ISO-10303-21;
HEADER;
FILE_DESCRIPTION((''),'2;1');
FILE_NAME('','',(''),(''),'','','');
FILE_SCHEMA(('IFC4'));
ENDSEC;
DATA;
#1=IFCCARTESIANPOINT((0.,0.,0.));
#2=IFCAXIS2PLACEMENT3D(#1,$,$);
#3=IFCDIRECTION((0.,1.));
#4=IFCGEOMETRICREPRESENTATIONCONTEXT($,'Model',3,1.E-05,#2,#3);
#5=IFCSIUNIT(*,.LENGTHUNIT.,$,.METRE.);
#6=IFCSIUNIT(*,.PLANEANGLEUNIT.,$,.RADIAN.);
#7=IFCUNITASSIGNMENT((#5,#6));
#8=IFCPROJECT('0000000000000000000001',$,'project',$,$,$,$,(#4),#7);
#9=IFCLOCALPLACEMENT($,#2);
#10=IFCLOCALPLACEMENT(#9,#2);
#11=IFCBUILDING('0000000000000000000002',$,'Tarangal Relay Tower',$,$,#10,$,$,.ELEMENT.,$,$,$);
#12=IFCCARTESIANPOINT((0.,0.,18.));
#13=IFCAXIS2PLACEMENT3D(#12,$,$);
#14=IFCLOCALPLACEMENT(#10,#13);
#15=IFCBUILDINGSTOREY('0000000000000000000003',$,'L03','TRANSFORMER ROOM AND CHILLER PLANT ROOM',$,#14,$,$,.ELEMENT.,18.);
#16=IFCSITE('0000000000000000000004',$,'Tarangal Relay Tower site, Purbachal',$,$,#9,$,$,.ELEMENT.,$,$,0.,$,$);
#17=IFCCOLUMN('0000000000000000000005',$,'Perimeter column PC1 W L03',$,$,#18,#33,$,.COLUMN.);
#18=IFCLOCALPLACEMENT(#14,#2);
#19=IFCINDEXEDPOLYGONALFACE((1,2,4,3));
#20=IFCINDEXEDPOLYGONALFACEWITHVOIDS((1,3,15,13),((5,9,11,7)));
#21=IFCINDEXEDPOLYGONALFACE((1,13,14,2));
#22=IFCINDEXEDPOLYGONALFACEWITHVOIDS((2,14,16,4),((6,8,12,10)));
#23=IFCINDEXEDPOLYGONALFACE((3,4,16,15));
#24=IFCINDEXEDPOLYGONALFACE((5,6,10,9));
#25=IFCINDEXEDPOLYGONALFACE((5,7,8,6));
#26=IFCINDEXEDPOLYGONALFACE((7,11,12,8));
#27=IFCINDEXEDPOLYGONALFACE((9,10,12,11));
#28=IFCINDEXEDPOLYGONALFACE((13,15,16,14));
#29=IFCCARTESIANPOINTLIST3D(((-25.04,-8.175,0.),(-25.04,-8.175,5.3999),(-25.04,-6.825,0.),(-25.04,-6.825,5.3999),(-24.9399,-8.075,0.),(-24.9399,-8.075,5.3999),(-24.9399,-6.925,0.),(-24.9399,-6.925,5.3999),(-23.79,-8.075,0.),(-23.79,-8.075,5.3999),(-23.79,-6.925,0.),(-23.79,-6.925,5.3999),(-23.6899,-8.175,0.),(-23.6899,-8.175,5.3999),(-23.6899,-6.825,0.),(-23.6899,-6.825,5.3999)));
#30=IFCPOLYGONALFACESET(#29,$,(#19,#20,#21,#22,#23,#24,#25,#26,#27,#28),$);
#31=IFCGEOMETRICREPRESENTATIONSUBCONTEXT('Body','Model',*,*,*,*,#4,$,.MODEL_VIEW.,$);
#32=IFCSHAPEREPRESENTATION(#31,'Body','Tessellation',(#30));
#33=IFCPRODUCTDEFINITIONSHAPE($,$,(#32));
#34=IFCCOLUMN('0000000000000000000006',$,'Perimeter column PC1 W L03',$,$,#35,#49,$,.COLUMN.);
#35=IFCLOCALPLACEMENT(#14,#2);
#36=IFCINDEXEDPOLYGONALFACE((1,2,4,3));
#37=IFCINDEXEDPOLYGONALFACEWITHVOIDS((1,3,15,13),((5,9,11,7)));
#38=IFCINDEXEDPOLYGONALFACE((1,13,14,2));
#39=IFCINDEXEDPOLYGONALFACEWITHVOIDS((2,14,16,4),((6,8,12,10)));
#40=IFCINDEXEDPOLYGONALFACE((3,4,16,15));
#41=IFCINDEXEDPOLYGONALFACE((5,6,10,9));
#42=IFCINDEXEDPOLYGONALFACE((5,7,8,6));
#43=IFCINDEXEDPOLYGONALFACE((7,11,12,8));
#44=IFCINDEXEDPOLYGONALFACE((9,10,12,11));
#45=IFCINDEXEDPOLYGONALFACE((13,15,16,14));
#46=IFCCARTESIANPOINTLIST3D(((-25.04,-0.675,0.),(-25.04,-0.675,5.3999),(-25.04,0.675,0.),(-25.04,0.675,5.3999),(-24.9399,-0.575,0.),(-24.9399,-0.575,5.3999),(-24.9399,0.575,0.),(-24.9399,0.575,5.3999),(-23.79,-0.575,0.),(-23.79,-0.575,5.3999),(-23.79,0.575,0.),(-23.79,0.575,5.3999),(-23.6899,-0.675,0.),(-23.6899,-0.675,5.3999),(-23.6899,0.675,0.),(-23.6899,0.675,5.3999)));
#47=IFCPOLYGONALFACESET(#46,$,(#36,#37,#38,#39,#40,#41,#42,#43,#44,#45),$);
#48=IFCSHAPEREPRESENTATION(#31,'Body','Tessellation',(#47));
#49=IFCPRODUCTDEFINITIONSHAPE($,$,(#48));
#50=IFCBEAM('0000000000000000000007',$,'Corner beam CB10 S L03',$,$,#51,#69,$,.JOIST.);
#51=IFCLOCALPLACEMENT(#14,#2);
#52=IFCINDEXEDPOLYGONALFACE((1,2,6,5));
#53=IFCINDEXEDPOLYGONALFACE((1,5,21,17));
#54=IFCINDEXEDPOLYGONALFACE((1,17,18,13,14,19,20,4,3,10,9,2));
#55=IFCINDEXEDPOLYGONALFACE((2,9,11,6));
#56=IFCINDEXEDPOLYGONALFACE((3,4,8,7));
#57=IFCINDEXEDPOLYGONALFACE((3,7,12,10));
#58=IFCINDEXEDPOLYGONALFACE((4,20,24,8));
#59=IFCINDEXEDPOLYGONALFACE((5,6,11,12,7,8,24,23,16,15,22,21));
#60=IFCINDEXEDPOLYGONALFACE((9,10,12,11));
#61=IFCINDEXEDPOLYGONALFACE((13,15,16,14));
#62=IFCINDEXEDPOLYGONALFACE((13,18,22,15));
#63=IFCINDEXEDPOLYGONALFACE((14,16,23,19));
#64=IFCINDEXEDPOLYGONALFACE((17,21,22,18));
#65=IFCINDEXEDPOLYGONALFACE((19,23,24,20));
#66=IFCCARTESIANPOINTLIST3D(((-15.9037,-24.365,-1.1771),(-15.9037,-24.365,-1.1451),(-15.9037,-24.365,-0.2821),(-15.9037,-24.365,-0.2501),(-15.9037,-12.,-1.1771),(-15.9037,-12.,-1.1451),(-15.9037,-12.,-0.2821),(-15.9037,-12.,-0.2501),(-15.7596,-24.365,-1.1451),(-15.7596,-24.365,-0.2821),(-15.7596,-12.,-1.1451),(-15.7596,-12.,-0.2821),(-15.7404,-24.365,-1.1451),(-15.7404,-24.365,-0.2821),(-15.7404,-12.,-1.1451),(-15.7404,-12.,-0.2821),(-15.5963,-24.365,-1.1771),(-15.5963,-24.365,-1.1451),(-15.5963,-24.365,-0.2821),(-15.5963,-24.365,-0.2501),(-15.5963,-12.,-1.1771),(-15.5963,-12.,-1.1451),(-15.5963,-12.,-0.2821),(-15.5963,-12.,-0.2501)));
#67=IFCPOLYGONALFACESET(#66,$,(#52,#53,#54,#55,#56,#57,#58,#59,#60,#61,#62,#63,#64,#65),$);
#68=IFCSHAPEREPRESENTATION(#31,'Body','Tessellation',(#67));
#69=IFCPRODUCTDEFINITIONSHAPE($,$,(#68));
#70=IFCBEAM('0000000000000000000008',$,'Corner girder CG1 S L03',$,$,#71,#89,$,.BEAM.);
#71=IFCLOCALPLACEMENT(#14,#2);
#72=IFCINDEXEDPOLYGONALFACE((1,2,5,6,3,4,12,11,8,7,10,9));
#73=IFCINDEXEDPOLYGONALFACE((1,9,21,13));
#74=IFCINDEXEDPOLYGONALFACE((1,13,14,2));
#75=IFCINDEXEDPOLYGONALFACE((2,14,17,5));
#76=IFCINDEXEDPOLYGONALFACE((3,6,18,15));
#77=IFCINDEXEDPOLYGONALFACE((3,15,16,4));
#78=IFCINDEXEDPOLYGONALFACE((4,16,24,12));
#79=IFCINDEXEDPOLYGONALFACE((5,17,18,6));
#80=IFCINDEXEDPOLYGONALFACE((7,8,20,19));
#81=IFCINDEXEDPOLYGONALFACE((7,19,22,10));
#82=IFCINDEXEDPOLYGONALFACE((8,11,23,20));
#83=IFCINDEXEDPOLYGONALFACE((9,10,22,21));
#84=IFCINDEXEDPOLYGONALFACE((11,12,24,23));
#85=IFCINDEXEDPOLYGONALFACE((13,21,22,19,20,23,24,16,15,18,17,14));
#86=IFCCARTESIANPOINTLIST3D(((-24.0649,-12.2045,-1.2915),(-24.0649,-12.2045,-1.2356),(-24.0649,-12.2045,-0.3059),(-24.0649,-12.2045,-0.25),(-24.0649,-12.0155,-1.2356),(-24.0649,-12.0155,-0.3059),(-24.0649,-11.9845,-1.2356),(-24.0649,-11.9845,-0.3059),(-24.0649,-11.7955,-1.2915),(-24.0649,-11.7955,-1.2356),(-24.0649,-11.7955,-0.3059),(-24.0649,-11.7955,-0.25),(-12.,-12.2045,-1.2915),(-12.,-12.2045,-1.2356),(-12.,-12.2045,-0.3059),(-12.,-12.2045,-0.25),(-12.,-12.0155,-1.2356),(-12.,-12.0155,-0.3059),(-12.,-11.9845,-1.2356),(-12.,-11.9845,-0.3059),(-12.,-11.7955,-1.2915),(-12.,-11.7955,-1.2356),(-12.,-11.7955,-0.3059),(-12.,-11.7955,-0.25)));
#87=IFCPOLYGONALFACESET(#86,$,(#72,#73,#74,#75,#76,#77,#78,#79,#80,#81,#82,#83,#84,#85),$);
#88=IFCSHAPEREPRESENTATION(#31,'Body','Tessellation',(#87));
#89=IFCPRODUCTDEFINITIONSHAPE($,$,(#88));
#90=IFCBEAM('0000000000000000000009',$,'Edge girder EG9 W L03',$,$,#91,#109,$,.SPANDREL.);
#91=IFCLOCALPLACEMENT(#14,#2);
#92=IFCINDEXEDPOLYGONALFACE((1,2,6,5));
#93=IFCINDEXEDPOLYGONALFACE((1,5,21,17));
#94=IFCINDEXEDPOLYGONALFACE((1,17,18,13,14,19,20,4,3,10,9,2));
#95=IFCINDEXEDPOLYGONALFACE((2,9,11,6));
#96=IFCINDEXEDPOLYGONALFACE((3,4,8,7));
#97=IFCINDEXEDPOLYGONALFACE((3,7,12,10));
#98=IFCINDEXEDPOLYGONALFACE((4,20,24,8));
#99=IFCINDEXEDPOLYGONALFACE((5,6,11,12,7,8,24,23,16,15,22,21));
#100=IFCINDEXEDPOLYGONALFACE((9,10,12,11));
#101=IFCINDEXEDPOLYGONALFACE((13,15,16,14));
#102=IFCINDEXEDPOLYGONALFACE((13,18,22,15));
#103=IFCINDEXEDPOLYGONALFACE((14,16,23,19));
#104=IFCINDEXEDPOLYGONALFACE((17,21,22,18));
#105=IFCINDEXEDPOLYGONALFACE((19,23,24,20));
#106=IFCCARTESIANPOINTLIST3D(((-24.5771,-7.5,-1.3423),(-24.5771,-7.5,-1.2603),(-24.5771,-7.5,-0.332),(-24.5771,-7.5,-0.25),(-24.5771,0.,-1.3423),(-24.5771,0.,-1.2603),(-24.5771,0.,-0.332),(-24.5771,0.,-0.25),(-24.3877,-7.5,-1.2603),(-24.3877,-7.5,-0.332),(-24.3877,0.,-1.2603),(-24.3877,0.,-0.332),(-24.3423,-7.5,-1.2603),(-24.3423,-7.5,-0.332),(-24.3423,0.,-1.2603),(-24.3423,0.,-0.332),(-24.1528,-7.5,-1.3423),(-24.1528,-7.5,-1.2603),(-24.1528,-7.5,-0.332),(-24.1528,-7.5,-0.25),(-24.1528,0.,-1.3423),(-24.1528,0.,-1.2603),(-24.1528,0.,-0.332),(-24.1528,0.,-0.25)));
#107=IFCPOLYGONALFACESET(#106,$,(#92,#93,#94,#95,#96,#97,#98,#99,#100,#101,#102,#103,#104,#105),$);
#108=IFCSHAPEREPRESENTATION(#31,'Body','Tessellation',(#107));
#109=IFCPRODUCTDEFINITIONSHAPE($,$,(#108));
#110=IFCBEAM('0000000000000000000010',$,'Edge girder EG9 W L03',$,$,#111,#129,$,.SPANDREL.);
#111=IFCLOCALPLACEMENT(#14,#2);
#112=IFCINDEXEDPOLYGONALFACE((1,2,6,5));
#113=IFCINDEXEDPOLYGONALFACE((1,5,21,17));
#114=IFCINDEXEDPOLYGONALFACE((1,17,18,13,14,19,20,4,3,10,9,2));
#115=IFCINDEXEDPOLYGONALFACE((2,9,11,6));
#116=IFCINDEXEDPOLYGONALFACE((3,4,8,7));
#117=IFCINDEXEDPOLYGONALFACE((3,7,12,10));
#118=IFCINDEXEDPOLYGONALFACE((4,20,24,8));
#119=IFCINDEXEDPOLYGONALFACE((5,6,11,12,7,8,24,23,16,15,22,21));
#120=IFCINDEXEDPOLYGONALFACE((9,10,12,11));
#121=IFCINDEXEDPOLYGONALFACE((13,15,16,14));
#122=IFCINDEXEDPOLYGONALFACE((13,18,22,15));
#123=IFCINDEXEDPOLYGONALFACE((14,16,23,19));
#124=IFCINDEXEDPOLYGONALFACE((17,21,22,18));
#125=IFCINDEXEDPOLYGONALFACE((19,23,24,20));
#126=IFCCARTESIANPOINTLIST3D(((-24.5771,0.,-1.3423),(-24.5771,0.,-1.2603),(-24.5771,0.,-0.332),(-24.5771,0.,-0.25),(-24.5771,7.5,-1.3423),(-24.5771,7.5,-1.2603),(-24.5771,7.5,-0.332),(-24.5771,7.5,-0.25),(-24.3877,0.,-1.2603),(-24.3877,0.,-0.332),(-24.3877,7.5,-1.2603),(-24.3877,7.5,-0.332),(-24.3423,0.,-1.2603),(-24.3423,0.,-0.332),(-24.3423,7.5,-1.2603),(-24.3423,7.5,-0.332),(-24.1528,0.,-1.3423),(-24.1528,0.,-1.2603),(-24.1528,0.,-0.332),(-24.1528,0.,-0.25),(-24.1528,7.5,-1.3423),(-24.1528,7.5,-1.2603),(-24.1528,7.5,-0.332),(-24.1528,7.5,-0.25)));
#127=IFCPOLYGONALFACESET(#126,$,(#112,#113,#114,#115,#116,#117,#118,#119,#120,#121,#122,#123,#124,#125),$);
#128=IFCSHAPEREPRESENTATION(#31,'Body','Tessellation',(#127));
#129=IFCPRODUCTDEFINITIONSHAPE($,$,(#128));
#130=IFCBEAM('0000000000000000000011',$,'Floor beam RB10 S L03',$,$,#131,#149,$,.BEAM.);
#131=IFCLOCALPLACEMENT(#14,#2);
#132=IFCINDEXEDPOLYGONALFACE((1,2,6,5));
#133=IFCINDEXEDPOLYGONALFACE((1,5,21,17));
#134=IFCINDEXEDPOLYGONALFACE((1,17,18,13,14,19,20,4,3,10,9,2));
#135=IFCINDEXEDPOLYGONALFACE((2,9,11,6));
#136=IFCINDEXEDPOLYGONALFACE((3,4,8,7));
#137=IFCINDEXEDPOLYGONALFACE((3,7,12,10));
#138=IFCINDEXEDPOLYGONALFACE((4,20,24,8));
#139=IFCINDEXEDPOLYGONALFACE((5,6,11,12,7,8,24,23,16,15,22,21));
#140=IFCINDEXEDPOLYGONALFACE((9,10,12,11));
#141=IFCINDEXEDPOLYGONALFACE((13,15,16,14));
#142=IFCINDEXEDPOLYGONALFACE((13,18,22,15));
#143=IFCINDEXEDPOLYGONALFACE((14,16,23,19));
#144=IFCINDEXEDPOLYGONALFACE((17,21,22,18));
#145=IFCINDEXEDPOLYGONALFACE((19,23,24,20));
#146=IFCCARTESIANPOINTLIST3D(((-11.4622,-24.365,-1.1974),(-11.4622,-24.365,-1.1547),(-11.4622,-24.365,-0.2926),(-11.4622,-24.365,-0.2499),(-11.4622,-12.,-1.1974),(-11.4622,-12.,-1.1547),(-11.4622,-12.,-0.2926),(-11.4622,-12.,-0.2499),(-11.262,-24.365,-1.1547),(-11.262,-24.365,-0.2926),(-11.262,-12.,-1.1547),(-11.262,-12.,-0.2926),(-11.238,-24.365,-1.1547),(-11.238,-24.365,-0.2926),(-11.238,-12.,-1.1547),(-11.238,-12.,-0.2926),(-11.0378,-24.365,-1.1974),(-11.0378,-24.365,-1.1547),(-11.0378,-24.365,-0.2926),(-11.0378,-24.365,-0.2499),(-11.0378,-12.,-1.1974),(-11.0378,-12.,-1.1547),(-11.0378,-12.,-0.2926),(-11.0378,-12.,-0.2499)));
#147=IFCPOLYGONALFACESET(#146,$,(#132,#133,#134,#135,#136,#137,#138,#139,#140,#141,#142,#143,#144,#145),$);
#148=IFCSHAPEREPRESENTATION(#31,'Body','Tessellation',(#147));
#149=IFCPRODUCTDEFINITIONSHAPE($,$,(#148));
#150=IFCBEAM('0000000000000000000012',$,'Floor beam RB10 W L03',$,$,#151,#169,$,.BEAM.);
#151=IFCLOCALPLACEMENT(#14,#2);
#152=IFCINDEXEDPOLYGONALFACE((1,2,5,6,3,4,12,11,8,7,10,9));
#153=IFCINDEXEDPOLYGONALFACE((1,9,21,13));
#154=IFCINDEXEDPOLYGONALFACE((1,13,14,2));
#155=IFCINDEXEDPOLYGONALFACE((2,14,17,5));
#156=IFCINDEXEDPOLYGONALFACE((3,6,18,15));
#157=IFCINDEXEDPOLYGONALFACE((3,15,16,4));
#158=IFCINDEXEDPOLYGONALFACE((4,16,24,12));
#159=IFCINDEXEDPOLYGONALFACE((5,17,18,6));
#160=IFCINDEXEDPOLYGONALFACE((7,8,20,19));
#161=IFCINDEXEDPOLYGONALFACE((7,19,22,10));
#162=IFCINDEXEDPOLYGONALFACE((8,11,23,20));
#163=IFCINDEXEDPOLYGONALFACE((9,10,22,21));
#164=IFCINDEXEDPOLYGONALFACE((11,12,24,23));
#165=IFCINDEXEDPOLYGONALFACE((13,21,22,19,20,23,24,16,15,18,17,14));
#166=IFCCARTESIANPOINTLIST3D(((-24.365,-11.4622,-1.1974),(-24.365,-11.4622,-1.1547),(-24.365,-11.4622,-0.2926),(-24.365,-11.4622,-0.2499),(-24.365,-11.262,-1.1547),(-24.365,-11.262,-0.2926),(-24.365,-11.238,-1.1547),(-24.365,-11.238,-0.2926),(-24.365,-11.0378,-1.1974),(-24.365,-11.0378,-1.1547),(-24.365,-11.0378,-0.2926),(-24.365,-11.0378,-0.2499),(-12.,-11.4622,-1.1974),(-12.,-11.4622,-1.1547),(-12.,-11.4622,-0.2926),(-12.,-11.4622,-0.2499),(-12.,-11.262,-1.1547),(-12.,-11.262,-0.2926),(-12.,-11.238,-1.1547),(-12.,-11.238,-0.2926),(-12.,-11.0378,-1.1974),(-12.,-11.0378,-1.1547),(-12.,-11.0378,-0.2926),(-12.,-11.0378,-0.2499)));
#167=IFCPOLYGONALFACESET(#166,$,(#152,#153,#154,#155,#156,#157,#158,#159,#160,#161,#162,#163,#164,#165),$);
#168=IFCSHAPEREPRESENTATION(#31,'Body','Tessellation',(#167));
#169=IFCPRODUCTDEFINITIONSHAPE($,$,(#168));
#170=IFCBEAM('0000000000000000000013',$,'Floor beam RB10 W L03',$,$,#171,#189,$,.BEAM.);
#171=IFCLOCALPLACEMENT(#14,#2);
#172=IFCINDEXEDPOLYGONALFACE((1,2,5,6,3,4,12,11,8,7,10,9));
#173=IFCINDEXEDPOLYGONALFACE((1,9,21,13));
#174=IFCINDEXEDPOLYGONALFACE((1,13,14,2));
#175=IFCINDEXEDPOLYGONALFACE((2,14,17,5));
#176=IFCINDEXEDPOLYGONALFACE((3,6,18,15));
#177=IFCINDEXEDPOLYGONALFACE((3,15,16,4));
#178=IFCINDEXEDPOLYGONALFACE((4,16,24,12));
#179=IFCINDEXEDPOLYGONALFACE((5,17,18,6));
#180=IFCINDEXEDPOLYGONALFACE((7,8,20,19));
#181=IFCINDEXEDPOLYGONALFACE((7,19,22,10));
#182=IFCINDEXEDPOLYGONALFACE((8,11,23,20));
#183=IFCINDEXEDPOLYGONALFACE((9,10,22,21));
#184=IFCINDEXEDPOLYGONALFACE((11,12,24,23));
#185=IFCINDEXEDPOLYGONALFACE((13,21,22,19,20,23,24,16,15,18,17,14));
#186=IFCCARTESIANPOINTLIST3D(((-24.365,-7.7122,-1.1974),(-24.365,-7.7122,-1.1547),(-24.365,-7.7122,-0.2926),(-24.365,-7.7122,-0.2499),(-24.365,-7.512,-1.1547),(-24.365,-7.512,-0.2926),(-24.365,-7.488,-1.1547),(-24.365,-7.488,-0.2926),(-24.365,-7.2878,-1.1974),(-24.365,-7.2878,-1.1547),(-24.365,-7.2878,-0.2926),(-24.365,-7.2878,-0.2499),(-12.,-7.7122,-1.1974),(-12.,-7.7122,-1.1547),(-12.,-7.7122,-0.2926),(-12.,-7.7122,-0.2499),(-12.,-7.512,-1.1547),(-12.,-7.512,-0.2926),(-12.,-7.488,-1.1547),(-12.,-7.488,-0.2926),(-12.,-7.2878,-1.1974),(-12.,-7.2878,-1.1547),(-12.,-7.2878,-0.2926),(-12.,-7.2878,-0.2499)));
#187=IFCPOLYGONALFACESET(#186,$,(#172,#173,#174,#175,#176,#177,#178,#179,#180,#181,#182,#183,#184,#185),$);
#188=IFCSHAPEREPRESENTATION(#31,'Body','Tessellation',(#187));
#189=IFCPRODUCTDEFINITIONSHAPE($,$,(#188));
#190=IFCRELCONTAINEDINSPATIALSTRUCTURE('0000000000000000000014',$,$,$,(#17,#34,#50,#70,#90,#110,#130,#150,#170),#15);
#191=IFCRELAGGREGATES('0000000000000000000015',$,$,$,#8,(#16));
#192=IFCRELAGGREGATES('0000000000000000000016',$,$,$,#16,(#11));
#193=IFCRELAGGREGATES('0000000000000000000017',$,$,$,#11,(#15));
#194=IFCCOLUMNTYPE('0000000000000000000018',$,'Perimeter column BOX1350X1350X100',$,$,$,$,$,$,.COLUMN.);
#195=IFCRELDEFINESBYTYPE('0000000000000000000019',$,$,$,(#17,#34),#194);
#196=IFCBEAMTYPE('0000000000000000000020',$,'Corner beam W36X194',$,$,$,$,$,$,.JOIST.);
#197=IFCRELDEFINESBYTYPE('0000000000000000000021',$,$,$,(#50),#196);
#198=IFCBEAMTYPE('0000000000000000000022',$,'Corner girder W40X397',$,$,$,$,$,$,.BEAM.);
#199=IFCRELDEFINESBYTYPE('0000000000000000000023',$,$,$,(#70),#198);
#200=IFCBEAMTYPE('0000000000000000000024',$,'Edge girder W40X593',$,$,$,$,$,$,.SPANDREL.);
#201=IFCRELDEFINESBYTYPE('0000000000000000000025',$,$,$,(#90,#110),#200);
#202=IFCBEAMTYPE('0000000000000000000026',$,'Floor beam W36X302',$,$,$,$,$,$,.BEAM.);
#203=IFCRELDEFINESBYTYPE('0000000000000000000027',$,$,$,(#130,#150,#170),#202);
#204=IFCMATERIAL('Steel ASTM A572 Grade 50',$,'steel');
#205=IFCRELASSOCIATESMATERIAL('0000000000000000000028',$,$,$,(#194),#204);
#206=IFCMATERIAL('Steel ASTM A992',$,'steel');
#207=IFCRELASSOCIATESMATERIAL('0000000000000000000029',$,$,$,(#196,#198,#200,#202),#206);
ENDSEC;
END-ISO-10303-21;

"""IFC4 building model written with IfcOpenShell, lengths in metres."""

from ifc_helpers import new_model, si_unit, direction, frame, origin, origin_2d, place, context, subcontext, project, spatial, hollow_rectangle, i_section, extrude, material, material_profile, profile_set, type_object, element, save


model = new_model("IFC4")

# Units and contexts
model_context = context("Model", 3, precision=1e-05, world=origin(), true_north=direction((0.0, 1.0)))
body_context = subcontext(model_context, "Body", "Model", "MODEL_VIEW")
ifc_project = project(units=[si_unit("LENGTHUNIT", "METRE"), si_unit("PLANEANGLEUNIT", "RADIAN")], contexts=[model_context])

# Site, building, storey
site_placement = place(None, origin())
site = spatial("IfcSite", under=ifc_project, at=site_placement, Name="Tarangal Relay Tower site, Purbachal", CompositionType="ELEMENT", RefElevation=0.0)
building_placement = place(site_placement, origin())
building = spatial("IfcBuilding", under=site, at=building_placement, Name="Tarangal Relay Tower", CompositionType="ELEMENT")
storey_placement = place(building_placement, frame((0.0, 0.0, 18.0)))
storey = spatial("IfcBuildingStorey", under=building, at=storey_placement, Name="L03", Description="TRANSFORMER ROOM AND CHILLER PLANT ROOM", CompositionType="ELEMENT", Elevation=18.0)

# Columns
ifc_material_1 = material(Name="Steel ASTM A572 Grade 50", Category="steel")
ifc_material_profile_1 = material_profile(ifc_material_1, hollow_rectangle(XDim=1.3501, YDim=1.3501, WallThickness=0.1001, at=origin_2d()), Name="BOX1350X1350X100")
ifc_profile_set_1 = profile_set([ifc_material_profile_1], Name="Steel ASTM A572 Grade 50")
column_type = type_object("IfcColumnType", Name="Perimeter column BOX1350X1350X100", PredefinedType="COLUMN", material=ifc_profile_set_1)
for number, where, z_axis, x_axis, name in (
    (1, (-24.365, -7.5, 0.0), (0.0, 0.0, 1.0), (1.0, 0.0, 0.0), "Perimeter column PC1 W L03"),
    (2, (-24.365, 0.0, 0.0), (0.0, 0.0, 1.0), (1.0, 0.0, 0.0), "Perimeter column PC1 W L03"),
):
    element("IfcColumn", number, at=place(storey_placement, frame(where, z_axis=z_axis, x_axis=x_axis)), inside=storey, type_object=column_type, Name=name, PredefinedType="COLUMN", context=body_context, shape_type="SweptSolid", body=[
        extrude(hollow_rectangle(XDim=1.3501, YDim=1.3501, WallThickness=0.1001, at=origin_2d()), origin(), (0.0, 0.0, 1.0), 5.3999),
    ])

# Beams
ifc_material_2 = material(Name="Steel ASTM A992", Category="steel")
ifc_material_profile_2 = material_profile(ifc_material_2, i_section(OverallWidth=0.3074, OverallDepth=0.927, WebThickness=0.0193, FlangeThickness=0.032, at=origin_2d()), Name="W36X194")
ifc_profile_set_2 = profile_set([ifc_material_profile_2], Name="Steel ASTM A992")
beam_type_1 = type_object("IfcBeamType", Name="Corner beam W36X194", PredefinedType="JOIST", material=ifc_profile_set_2)
beam_1_placement = place(storey_placement, frame((-15.75, -12.0, -0.7136), z_axis=(0.0, -1.0, 0.0), x_axis=(1.0, 0.0, 0.0)))
element("IfcBeam", 3, at=beam_1_placement, inside=storey, type_object=beam_type_1, Name="Corner beam CB10 S L03", PredefinedType="JOIST", context=body_context, shape_type="SweptSolid", body=[
    extrude(i_section(OverallWidth=0.3074, OverallDepth=0.927, WebThickness=0.0193, FlangeThickness=0.032, at=origin_2d()), origin(), (0.0, 0.0, 1.0), 12.365),
])
ifc_material_profile_3 = material_profile(ifc_material_2, i_section(OverallWidth=0.4089, OverallDepth=1.0415, WebThickness=0.031, FlangeThickness=0.0559, at=origin_2d()), Name="W40X397")
ifc_profile_set_3 = profile_set([ifc_material_profile_3], Name="Steel ASTM A992")
beam_type_2 = type_object("IfcBeamType", Name="Corner girder W40X397", PredefinedType="BEAM", material=ifc_profile_set_3)
beam_2_placement = place(storey_placement, frame((-12.0, -12.0, -0.7708), z_axis=(-1.0, 0.0, 0.0), x_axis=(0.0, -1.0, 0.0)))
element("IfcBeam", 4, at=beam_2_placement, inside=storey, type_object=beam_type_2, Name="Corner girder CG1 S L03", PredefinedType="BEAM", context=body_context, shape_type="SweptSolid", body=[
    extrude(i_section(OverallWidth=0.4089, OverallDepth=1.0415, WebThickness=0.031, FlangeThickness=0.0559, at=origin_2d()), origin(), (0.0, 0.0, 1.0), 12.0649),
])
ifc_material_profile_4 = material_profile(ifc_material_2, i_section(OverallWidth=0.4243, OverallDepth=1.0923, WebThickness=0.0454, FlangeThickness=0.082, at=origin_2d()), Name="W40X593")
ifc_profile_set_4 = profile_set([ifc_material_profile_4], Name="Steel ASTM A992")
beam_type_3 = type_object("IfcBeamType", Name="Edge girder W40X593", PredefinedType="SPANDREL", material=ifc_profile_set_4)
for number, where, z_axis, x_axis, name in (
    (5, (-24.365, -7.5, -0.7961), (0.0, 1.0, 0.0), (-1.0, 0.0, 0.0), "Edge girder EG9 W L03"),
    (6, (-24.365, 0.0, -0.7961), (0.0, 1.0, 0.0), (-1.0, 0.0, 0.0), "Edge girder EG9 W L03"),
):
    element("IfcBeam", number, at=place(storey_placement, frame(where, z_axis=z_axis, x_axis=x_axis)), inside=storey, type_object=beam_type_3, Name=name, PredefinedType="SPANDREL", context=body_context, shape_type="SweptSolid", body=[
        extrude(i_section(OverallWidth=0.4243, OverallDepth=1.0923, WebThickness=0.0454, FlangeThickness=0.082, at=origin_2d()), origin(), (0.0, 0.0, 1.0), 7.5),
    ])
ifc_material_profile_5 = material_profile(ifc_material_2, i_section(OverallWidth=0.4243, OverallDepth=0.9475, WebThickness=0.0239, FlangeThickness=0.0427, at=origin_2d()), Name="W36X302")
ifc_profile_set_5 = profile_set([ifc_material_profile_5], Name="Steel ASTM A992")
beam_type_4 = type_object("IfcBeamType", Name="Floor beam W36X302", PredefinedType="BEAM", material=ifc_profile_set_5)
for number, where, z_axis, x_axis, name in (
    (7, (-11.25, -12.0, -0.7236), (0.0, -1.0, 0.0), (1.0, 0.0, 0.0), "Floor beam RB10 S L03"),
    (8, (-12.0, -11.25, -0.7236), (-1.0, 0.0, 0.0), (0.0, -1.0, 0.0), "Floor beam RB10 W L03"),
    (9, (-12.0, -7.5, -0.7236), (-1.0, 0.0, 0.0), (0.0, -1.0, 0.0), "Floor beam RB10 W L03"),
):
    element("IfcBeam", number, at=place(storey_placement, frame(where, z_axis=z_axis, x_axis=x_axis)), inside=storey, type_object=beam_type_4, Name=name, PredefinedType="BEAM", context=body_context, shape_type="SweptSolid", body=[
        extrude(i_section(OverallWidth=0.4243, OverallDepth=0.9475, WebThickness=0.0239, FlangeThickness=0.0427, at=origin_2d()), origin(), (0.0, 0.0, 1.0), 12.365),
    ])

save(model, "model.ifc")
